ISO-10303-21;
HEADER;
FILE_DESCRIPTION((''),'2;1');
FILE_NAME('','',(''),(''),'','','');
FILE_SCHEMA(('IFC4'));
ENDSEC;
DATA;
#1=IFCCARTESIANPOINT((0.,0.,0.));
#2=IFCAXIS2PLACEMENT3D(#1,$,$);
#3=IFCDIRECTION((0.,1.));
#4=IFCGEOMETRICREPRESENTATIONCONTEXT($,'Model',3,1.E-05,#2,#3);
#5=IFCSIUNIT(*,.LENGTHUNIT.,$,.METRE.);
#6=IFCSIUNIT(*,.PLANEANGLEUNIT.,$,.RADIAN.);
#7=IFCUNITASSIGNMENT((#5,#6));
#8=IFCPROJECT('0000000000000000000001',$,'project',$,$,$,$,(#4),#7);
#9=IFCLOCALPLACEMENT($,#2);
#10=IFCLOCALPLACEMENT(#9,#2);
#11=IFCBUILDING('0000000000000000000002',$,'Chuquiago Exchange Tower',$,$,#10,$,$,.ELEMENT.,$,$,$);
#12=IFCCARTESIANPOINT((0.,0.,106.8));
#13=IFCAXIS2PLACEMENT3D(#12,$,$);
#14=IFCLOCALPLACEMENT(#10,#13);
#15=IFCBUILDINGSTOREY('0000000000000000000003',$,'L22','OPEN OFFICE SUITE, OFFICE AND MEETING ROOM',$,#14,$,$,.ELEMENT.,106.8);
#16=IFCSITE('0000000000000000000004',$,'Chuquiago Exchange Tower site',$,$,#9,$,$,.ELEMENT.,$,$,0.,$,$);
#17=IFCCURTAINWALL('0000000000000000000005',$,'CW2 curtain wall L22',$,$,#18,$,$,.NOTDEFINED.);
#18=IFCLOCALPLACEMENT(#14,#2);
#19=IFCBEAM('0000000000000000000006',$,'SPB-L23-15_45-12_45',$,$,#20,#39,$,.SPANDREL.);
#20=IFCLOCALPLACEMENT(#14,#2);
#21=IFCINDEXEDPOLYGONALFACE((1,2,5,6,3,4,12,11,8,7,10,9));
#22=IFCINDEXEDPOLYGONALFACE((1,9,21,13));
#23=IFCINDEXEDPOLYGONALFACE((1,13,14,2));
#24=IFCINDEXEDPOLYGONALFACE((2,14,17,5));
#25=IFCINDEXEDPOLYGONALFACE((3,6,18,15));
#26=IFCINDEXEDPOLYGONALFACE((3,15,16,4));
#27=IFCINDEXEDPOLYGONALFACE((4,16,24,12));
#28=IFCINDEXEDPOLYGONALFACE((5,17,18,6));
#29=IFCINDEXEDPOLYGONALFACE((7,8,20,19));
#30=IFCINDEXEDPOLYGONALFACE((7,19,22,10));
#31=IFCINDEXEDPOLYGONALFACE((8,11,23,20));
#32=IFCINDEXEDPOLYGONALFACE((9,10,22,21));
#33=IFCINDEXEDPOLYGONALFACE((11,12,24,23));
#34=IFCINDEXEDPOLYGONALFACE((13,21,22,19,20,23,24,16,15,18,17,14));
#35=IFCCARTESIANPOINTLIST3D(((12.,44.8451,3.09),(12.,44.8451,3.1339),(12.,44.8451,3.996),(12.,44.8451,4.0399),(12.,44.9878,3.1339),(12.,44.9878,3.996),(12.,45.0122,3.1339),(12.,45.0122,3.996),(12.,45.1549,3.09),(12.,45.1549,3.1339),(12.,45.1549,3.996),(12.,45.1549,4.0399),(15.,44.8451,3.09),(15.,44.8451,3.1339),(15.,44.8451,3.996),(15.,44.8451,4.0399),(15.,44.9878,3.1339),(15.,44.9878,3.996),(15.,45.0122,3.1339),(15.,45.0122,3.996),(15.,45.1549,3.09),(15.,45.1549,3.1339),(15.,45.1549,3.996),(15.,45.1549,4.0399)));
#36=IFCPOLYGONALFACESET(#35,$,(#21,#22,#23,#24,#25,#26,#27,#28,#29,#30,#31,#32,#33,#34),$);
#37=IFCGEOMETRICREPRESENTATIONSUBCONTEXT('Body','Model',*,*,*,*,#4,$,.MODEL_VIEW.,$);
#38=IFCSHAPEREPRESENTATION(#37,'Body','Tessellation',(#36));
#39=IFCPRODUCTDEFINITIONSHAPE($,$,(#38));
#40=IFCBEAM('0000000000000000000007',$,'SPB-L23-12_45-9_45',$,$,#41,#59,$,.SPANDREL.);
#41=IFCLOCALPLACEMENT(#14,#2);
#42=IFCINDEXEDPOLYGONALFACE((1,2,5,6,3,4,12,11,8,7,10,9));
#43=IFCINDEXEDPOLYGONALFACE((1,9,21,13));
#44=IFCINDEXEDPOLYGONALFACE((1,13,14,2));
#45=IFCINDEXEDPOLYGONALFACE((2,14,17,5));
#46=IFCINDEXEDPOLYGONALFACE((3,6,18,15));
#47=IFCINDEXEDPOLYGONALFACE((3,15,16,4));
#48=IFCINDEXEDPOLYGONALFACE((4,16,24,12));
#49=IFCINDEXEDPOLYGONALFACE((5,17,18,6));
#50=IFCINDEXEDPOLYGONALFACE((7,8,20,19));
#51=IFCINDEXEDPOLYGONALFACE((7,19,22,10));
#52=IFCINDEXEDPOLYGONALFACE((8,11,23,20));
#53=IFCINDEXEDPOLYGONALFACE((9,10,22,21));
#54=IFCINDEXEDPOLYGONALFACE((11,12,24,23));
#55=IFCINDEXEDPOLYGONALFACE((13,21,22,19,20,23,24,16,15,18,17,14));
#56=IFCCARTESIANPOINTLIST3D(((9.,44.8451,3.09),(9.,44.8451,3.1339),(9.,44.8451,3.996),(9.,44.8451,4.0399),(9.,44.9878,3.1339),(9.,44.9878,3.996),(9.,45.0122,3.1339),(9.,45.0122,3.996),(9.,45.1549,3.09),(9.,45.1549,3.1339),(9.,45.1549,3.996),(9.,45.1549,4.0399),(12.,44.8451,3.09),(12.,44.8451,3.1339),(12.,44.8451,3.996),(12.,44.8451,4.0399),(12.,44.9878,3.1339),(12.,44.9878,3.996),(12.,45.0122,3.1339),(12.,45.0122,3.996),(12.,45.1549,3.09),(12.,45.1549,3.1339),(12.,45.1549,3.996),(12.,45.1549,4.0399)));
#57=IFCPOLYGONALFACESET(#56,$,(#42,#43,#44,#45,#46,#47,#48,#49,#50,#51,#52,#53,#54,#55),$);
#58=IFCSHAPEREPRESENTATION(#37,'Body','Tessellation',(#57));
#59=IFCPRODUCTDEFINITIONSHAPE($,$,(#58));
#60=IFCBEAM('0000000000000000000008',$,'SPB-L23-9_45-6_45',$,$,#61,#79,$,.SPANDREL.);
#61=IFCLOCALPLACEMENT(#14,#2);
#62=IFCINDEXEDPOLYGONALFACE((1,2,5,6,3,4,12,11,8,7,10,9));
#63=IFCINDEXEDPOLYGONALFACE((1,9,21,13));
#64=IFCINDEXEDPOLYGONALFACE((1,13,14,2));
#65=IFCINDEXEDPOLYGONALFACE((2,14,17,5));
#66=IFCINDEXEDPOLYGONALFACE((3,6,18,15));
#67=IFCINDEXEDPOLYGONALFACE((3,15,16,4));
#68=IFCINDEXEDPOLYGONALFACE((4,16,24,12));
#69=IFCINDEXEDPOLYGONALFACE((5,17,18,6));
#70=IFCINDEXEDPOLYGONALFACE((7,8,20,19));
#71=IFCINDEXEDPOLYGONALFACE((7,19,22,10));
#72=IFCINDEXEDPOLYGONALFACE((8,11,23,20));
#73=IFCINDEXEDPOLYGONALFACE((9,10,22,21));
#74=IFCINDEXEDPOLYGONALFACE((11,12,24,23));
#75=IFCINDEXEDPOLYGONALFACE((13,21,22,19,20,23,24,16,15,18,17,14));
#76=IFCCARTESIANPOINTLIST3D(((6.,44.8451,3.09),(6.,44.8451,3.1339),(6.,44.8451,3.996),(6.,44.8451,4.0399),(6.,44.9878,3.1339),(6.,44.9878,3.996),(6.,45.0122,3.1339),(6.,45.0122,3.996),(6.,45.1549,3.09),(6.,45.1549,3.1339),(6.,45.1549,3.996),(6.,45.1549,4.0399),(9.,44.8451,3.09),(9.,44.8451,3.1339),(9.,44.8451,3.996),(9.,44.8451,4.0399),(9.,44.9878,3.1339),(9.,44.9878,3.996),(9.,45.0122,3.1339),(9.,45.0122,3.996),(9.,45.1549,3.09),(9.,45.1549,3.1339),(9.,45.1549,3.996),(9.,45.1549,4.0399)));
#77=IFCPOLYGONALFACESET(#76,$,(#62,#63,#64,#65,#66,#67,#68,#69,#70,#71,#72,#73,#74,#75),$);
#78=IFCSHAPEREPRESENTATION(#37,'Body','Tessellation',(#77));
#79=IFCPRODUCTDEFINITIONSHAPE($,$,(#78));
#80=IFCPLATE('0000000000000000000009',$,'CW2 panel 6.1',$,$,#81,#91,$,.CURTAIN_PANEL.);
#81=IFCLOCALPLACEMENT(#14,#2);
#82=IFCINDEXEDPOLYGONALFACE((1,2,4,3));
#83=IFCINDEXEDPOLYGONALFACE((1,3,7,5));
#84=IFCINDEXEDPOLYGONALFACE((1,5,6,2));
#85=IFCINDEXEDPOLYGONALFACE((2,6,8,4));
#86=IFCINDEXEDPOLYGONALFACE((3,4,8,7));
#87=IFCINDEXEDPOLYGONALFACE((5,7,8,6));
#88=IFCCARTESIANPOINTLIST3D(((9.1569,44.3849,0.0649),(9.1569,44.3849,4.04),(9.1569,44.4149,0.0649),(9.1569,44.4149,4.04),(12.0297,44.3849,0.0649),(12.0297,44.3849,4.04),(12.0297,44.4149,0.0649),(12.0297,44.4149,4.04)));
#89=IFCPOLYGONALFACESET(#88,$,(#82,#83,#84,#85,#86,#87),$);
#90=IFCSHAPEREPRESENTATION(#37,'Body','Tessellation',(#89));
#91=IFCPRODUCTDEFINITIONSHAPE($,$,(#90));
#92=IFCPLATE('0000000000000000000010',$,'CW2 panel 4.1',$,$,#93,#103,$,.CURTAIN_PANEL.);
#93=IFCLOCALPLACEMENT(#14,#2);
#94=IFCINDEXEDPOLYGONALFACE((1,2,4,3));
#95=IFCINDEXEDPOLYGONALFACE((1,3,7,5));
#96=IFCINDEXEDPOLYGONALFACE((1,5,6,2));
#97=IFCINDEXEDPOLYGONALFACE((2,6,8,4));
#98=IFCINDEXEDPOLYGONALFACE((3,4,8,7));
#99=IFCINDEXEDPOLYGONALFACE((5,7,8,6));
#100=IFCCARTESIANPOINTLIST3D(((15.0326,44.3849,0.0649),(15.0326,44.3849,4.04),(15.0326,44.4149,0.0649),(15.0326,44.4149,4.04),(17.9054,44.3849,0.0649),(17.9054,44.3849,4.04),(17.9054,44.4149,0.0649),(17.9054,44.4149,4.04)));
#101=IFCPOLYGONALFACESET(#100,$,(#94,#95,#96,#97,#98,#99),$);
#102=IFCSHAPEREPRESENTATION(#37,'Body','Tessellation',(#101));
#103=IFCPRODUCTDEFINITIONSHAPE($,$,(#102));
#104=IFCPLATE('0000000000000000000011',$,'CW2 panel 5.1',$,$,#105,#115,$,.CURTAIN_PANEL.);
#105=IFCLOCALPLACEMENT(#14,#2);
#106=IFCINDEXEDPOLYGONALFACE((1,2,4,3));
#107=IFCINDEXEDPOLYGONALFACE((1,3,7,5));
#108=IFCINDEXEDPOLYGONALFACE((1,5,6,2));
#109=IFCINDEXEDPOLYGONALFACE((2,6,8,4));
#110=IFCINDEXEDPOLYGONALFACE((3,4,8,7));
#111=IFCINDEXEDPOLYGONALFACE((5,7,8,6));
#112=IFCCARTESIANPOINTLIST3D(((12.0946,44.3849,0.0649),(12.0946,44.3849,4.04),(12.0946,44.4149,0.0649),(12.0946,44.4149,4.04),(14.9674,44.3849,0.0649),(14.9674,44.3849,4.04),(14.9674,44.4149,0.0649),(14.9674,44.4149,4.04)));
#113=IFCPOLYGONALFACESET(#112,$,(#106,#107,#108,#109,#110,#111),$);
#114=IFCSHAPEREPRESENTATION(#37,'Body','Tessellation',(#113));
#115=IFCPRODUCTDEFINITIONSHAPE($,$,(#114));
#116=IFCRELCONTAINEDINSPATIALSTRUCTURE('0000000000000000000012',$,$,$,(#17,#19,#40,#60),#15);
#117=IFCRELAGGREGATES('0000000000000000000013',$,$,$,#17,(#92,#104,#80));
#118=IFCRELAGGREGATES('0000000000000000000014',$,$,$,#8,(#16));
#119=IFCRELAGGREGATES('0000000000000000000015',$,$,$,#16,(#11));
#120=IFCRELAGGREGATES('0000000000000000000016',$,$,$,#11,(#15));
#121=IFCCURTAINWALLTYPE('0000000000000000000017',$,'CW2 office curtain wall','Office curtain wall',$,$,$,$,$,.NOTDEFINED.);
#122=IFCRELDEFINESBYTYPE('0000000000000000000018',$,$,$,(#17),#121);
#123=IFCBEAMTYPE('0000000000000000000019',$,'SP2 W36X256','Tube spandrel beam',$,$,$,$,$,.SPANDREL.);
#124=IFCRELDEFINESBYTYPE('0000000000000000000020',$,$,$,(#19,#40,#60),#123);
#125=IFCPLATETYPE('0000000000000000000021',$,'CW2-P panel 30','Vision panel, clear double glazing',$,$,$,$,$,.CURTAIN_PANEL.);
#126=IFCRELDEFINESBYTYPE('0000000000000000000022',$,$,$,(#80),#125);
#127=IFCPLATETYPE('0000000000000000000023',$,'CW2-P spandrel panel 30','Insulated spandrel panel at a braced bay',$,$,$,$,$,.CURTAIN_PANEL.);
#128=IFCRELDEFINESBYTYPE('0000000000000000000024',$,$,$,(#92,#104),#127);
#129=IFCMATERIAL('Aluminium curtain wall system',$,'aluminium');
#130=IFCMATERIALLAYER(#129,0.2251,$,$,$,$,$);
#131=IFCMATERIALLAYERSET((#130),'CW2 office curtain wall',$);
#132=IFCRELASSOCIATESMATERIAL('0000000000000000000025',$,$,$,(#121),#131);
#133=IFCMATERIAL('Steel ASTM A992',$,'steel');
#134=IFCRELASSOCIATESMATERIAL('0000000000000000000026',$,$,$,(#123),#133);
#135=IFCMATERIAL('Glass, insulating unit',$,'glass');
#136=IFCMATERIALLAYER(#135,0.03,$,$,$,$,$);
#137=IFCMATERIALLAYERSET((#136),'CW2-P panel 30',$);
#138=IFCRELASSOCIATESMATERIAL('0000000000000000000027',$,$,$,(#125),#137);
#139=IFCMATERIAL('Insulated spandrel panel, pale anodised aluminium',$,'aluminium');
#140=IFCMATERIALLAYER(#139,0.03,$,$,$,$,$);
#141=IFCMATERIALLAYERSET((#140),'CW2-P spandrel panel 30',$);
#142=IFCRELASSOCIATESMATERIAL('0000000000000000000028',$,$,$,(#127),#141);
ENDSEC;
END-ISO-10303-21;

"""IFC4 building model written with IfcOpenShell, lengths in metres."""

from ifc_helpers import new_model, si_unit, direction, frame, origin, origin_2d, place, context, subcontext, project, spatial, rectangle, i_section, extrude, material, layer, layer_set, material_profile, profile_set, type_object, element, aggregate, save


model = new_model("IFC4")

# Units and contexts
model_context = context("Model", 3, precision=1e-05, world=origin(), true_north=direction((0.0, 1.0)))
body_context = subcontext(model_context, "Body", "Model", "MODEL_VIEW")
ifc_project = project(units=[si_unit("LENGTHUNIT", "METRE"), si_unit("PLANEANGLEUNIT", "RADIAN")], contexts=[model_context])

# Site, building, storey
site_placement = place(None, origin())
site = spatial("IfcSite", under=ifc_project, at=site_placement, Name="Chuquiago Exchange Tower site", CompositionType="ELEMENT", RefElevation=0.0)
building_placement = place(site_placement, origin())
building = spatial("IfcBuilding", under=site, at=building_placement, Name="Chuquiago Exchange Tower", CompositionType="ELEMENT")
storey_placement = place(building_placement, frame((0.0, 0.0, 106.8)))
storey = spatial("IfcBuildingStorey", under=building, at=storey_placement, Name="L22", Description="OPEN OFFICE SUITE, OFFICE AND MEETING ROOM", CompositionType="ELEMENT", Elevation=106.8)

# Curtain wall
ifc_material_1 = material(Name="Aluminium curtain wall system", Category="aluminium")
ifc_layer_1 = layer(ifc_material_1, 0.2251)
ifc_layer_set_1 = layer_set([ifc_layer_1], Name="CW2 office curtain wall")
curtain_wall_type = type_object("IfcCurtainWallType", Name="CW2 office curtain wall", Description="Office curtain wall", PredefinedType="NOTDEFINED", material=ifc_layer_set_1)
curtain_wall_placement = place(storey_placement, origin())
curtain_wall = element("IfcCurtainWall", 1, at=curtain_wall_placement, inside=storey, type_object=curtain_wall_type, Name="CW2 curtain wall L22", PredefinedType="NOTDEFINED")

# Beams
ifc_material_2 = material(Name="Steel ASTM A992", Category="steel")
ifc_material_profile_1 = material_profile(ifc_material_2, i_section(OverallWidth=0.3098, OverallDepth=0.95, WebThickness=0.0244, FlangeThickness=0.0439, at=origin_2d()), Name="W36X256")
ifc_profile_set_1 = profile_set([ifc_material_profile_1], Name="Steel ASTM A992")
beam_type = type_object("IfcBeamType", Name="SP2 W36X256", Description="Tube spandrel beam", PredefinedType="SPANDREL", material=ifc_profile_set_1)
for number, where, z_axis, x_axis, name in (
    (2, (15.0, 45.0, 3.5649), (-1.0, 0.0, 0.0), (0.0, -1.0, 0.0), "SPB-L23-15_45-12_45"),
    (3, (12.0, 45.0, 3.5649), (-1.0, 0.0, 0.0), (0.0, -1.0, 0.0), "SPB-L23-12_45-9_45"),
    (4, (9.0, 45.0, 3.5649), (-1.0, 0.0, 0.0), (0.0, -1.0, 0.0), "SPB-L23-9_45-6_45"),
):
    element("IfcBeam", number, at=place(storey_placement, frame(where, z_axis=z_axis, x_axis=x_axis)), inside=storey, type_object=beam_type, Name=name, PredefinedType="SPANDREL", context=body_context, shape_type="SweptSolid", body=[
        extrude(i_section(OverallWidth=0.3098, OverallDepth=0.95, WebThickness=0.0244, FlangeThickness=0.0439, at=origin_2d()), origin(), (0.0, 0.0, 1.0), 3.0),
    ])

# Plates
ifc_material_3 = material(Name="Glass, insulating unit", Category="glass")
ifc_layer_2 = layer(ifc_material_3, 0.03)
ifc_layer_set_2 = layer_set([ifc_layer_2], Name="CW2-P panel 30")
plate_type_1 = type_object("IfcPlateType", Name="CW2-P panel 30", Description="Vision panel, clear double glazing", PredefinedType="CURTAIN_PANEL", material=ifc_layer_set_2)
plate_1_placement = place(storey_placement, frame((10.5933, 44.3999, 0.0649), z_axis=(0.0, 0.0, 1.0), x_axis=(-1.0, 0.0, 0.0)))
plate_1 = element("IfcPlate", 5, at=plate_1_placement, type_object=plate_type_1, Name="CW2 panel 6.1", PredefinedType="CURTAIN_PANEL", context=body_context, shape_type="SweptSolid", body=[
    extrude(rectangle(XDim=2.8728, YDim=0.03, at=origin_2d()), origin(), (0.0, 0.0, 1.0), 3.9751),
])
ifc_material_4 = material(Name="Insulated spandrel panel, pale anodised aluminium", Category="aluminium")
ifc_layer_3 = layer(ifc_material_4, 0.03)
ifc_layer_set_3 = layer_set([ifc_layer_3], Name="CW2-P spandrel panel 30")
plate_type_2 = type_object("IfcPlateType", Name="CW2-P spandrel panel 30", Description="Insulated spandrel panel at a braced bay", PredefinedType="CURTAIN_PANEL", material=ifc_layer_set_3)
plate_2_placement = place(storey_placement, frame((16.469, 44.3999, 0.0649), z_axis=(0.0, 0.0, 1.0), x_axis=(-1.0, 0.0, 0.0)))
plate_2 = element("IfcPlate", 6, at=plate_2_placement, type_object=plate_type_2, Name="CW2 panel 4.1", PredefinedType="CURTAIN_PANEL", context=body_context, shape_type="SweptSolid", body=[
    extrude(rectangle(XDim=2.8728, YDim=0.03, at=origin_2d()), origin(), (0.0, 0.0, 1.0), 3.9751),
])
plate_3_placement = place(storey_placement, frame((13.531, 44.3999, 0.0649), z_axis=(0.0, 0.0, 1.0), x_axis=(-1.0, 0.0, 0.0)))
plate_3 = element("IfcPlate", 7, at=plate_3_placement, type_object=plate_type_2, Name="CW2 panel 5.1", PredefinedType="CURTAIN_PANEL", context=body_context, shape_type="SweptSolid", body=[
    extrude(rectangle(XDim=2.8728, YDim=0.03, at=origin_2d()), origin(), (0.0, 0.0, 1.0), 3.9751),
])
aggregate(curtain_wall, [plate_2, plate_3, plate_1])

save(model, "model.ifc")
